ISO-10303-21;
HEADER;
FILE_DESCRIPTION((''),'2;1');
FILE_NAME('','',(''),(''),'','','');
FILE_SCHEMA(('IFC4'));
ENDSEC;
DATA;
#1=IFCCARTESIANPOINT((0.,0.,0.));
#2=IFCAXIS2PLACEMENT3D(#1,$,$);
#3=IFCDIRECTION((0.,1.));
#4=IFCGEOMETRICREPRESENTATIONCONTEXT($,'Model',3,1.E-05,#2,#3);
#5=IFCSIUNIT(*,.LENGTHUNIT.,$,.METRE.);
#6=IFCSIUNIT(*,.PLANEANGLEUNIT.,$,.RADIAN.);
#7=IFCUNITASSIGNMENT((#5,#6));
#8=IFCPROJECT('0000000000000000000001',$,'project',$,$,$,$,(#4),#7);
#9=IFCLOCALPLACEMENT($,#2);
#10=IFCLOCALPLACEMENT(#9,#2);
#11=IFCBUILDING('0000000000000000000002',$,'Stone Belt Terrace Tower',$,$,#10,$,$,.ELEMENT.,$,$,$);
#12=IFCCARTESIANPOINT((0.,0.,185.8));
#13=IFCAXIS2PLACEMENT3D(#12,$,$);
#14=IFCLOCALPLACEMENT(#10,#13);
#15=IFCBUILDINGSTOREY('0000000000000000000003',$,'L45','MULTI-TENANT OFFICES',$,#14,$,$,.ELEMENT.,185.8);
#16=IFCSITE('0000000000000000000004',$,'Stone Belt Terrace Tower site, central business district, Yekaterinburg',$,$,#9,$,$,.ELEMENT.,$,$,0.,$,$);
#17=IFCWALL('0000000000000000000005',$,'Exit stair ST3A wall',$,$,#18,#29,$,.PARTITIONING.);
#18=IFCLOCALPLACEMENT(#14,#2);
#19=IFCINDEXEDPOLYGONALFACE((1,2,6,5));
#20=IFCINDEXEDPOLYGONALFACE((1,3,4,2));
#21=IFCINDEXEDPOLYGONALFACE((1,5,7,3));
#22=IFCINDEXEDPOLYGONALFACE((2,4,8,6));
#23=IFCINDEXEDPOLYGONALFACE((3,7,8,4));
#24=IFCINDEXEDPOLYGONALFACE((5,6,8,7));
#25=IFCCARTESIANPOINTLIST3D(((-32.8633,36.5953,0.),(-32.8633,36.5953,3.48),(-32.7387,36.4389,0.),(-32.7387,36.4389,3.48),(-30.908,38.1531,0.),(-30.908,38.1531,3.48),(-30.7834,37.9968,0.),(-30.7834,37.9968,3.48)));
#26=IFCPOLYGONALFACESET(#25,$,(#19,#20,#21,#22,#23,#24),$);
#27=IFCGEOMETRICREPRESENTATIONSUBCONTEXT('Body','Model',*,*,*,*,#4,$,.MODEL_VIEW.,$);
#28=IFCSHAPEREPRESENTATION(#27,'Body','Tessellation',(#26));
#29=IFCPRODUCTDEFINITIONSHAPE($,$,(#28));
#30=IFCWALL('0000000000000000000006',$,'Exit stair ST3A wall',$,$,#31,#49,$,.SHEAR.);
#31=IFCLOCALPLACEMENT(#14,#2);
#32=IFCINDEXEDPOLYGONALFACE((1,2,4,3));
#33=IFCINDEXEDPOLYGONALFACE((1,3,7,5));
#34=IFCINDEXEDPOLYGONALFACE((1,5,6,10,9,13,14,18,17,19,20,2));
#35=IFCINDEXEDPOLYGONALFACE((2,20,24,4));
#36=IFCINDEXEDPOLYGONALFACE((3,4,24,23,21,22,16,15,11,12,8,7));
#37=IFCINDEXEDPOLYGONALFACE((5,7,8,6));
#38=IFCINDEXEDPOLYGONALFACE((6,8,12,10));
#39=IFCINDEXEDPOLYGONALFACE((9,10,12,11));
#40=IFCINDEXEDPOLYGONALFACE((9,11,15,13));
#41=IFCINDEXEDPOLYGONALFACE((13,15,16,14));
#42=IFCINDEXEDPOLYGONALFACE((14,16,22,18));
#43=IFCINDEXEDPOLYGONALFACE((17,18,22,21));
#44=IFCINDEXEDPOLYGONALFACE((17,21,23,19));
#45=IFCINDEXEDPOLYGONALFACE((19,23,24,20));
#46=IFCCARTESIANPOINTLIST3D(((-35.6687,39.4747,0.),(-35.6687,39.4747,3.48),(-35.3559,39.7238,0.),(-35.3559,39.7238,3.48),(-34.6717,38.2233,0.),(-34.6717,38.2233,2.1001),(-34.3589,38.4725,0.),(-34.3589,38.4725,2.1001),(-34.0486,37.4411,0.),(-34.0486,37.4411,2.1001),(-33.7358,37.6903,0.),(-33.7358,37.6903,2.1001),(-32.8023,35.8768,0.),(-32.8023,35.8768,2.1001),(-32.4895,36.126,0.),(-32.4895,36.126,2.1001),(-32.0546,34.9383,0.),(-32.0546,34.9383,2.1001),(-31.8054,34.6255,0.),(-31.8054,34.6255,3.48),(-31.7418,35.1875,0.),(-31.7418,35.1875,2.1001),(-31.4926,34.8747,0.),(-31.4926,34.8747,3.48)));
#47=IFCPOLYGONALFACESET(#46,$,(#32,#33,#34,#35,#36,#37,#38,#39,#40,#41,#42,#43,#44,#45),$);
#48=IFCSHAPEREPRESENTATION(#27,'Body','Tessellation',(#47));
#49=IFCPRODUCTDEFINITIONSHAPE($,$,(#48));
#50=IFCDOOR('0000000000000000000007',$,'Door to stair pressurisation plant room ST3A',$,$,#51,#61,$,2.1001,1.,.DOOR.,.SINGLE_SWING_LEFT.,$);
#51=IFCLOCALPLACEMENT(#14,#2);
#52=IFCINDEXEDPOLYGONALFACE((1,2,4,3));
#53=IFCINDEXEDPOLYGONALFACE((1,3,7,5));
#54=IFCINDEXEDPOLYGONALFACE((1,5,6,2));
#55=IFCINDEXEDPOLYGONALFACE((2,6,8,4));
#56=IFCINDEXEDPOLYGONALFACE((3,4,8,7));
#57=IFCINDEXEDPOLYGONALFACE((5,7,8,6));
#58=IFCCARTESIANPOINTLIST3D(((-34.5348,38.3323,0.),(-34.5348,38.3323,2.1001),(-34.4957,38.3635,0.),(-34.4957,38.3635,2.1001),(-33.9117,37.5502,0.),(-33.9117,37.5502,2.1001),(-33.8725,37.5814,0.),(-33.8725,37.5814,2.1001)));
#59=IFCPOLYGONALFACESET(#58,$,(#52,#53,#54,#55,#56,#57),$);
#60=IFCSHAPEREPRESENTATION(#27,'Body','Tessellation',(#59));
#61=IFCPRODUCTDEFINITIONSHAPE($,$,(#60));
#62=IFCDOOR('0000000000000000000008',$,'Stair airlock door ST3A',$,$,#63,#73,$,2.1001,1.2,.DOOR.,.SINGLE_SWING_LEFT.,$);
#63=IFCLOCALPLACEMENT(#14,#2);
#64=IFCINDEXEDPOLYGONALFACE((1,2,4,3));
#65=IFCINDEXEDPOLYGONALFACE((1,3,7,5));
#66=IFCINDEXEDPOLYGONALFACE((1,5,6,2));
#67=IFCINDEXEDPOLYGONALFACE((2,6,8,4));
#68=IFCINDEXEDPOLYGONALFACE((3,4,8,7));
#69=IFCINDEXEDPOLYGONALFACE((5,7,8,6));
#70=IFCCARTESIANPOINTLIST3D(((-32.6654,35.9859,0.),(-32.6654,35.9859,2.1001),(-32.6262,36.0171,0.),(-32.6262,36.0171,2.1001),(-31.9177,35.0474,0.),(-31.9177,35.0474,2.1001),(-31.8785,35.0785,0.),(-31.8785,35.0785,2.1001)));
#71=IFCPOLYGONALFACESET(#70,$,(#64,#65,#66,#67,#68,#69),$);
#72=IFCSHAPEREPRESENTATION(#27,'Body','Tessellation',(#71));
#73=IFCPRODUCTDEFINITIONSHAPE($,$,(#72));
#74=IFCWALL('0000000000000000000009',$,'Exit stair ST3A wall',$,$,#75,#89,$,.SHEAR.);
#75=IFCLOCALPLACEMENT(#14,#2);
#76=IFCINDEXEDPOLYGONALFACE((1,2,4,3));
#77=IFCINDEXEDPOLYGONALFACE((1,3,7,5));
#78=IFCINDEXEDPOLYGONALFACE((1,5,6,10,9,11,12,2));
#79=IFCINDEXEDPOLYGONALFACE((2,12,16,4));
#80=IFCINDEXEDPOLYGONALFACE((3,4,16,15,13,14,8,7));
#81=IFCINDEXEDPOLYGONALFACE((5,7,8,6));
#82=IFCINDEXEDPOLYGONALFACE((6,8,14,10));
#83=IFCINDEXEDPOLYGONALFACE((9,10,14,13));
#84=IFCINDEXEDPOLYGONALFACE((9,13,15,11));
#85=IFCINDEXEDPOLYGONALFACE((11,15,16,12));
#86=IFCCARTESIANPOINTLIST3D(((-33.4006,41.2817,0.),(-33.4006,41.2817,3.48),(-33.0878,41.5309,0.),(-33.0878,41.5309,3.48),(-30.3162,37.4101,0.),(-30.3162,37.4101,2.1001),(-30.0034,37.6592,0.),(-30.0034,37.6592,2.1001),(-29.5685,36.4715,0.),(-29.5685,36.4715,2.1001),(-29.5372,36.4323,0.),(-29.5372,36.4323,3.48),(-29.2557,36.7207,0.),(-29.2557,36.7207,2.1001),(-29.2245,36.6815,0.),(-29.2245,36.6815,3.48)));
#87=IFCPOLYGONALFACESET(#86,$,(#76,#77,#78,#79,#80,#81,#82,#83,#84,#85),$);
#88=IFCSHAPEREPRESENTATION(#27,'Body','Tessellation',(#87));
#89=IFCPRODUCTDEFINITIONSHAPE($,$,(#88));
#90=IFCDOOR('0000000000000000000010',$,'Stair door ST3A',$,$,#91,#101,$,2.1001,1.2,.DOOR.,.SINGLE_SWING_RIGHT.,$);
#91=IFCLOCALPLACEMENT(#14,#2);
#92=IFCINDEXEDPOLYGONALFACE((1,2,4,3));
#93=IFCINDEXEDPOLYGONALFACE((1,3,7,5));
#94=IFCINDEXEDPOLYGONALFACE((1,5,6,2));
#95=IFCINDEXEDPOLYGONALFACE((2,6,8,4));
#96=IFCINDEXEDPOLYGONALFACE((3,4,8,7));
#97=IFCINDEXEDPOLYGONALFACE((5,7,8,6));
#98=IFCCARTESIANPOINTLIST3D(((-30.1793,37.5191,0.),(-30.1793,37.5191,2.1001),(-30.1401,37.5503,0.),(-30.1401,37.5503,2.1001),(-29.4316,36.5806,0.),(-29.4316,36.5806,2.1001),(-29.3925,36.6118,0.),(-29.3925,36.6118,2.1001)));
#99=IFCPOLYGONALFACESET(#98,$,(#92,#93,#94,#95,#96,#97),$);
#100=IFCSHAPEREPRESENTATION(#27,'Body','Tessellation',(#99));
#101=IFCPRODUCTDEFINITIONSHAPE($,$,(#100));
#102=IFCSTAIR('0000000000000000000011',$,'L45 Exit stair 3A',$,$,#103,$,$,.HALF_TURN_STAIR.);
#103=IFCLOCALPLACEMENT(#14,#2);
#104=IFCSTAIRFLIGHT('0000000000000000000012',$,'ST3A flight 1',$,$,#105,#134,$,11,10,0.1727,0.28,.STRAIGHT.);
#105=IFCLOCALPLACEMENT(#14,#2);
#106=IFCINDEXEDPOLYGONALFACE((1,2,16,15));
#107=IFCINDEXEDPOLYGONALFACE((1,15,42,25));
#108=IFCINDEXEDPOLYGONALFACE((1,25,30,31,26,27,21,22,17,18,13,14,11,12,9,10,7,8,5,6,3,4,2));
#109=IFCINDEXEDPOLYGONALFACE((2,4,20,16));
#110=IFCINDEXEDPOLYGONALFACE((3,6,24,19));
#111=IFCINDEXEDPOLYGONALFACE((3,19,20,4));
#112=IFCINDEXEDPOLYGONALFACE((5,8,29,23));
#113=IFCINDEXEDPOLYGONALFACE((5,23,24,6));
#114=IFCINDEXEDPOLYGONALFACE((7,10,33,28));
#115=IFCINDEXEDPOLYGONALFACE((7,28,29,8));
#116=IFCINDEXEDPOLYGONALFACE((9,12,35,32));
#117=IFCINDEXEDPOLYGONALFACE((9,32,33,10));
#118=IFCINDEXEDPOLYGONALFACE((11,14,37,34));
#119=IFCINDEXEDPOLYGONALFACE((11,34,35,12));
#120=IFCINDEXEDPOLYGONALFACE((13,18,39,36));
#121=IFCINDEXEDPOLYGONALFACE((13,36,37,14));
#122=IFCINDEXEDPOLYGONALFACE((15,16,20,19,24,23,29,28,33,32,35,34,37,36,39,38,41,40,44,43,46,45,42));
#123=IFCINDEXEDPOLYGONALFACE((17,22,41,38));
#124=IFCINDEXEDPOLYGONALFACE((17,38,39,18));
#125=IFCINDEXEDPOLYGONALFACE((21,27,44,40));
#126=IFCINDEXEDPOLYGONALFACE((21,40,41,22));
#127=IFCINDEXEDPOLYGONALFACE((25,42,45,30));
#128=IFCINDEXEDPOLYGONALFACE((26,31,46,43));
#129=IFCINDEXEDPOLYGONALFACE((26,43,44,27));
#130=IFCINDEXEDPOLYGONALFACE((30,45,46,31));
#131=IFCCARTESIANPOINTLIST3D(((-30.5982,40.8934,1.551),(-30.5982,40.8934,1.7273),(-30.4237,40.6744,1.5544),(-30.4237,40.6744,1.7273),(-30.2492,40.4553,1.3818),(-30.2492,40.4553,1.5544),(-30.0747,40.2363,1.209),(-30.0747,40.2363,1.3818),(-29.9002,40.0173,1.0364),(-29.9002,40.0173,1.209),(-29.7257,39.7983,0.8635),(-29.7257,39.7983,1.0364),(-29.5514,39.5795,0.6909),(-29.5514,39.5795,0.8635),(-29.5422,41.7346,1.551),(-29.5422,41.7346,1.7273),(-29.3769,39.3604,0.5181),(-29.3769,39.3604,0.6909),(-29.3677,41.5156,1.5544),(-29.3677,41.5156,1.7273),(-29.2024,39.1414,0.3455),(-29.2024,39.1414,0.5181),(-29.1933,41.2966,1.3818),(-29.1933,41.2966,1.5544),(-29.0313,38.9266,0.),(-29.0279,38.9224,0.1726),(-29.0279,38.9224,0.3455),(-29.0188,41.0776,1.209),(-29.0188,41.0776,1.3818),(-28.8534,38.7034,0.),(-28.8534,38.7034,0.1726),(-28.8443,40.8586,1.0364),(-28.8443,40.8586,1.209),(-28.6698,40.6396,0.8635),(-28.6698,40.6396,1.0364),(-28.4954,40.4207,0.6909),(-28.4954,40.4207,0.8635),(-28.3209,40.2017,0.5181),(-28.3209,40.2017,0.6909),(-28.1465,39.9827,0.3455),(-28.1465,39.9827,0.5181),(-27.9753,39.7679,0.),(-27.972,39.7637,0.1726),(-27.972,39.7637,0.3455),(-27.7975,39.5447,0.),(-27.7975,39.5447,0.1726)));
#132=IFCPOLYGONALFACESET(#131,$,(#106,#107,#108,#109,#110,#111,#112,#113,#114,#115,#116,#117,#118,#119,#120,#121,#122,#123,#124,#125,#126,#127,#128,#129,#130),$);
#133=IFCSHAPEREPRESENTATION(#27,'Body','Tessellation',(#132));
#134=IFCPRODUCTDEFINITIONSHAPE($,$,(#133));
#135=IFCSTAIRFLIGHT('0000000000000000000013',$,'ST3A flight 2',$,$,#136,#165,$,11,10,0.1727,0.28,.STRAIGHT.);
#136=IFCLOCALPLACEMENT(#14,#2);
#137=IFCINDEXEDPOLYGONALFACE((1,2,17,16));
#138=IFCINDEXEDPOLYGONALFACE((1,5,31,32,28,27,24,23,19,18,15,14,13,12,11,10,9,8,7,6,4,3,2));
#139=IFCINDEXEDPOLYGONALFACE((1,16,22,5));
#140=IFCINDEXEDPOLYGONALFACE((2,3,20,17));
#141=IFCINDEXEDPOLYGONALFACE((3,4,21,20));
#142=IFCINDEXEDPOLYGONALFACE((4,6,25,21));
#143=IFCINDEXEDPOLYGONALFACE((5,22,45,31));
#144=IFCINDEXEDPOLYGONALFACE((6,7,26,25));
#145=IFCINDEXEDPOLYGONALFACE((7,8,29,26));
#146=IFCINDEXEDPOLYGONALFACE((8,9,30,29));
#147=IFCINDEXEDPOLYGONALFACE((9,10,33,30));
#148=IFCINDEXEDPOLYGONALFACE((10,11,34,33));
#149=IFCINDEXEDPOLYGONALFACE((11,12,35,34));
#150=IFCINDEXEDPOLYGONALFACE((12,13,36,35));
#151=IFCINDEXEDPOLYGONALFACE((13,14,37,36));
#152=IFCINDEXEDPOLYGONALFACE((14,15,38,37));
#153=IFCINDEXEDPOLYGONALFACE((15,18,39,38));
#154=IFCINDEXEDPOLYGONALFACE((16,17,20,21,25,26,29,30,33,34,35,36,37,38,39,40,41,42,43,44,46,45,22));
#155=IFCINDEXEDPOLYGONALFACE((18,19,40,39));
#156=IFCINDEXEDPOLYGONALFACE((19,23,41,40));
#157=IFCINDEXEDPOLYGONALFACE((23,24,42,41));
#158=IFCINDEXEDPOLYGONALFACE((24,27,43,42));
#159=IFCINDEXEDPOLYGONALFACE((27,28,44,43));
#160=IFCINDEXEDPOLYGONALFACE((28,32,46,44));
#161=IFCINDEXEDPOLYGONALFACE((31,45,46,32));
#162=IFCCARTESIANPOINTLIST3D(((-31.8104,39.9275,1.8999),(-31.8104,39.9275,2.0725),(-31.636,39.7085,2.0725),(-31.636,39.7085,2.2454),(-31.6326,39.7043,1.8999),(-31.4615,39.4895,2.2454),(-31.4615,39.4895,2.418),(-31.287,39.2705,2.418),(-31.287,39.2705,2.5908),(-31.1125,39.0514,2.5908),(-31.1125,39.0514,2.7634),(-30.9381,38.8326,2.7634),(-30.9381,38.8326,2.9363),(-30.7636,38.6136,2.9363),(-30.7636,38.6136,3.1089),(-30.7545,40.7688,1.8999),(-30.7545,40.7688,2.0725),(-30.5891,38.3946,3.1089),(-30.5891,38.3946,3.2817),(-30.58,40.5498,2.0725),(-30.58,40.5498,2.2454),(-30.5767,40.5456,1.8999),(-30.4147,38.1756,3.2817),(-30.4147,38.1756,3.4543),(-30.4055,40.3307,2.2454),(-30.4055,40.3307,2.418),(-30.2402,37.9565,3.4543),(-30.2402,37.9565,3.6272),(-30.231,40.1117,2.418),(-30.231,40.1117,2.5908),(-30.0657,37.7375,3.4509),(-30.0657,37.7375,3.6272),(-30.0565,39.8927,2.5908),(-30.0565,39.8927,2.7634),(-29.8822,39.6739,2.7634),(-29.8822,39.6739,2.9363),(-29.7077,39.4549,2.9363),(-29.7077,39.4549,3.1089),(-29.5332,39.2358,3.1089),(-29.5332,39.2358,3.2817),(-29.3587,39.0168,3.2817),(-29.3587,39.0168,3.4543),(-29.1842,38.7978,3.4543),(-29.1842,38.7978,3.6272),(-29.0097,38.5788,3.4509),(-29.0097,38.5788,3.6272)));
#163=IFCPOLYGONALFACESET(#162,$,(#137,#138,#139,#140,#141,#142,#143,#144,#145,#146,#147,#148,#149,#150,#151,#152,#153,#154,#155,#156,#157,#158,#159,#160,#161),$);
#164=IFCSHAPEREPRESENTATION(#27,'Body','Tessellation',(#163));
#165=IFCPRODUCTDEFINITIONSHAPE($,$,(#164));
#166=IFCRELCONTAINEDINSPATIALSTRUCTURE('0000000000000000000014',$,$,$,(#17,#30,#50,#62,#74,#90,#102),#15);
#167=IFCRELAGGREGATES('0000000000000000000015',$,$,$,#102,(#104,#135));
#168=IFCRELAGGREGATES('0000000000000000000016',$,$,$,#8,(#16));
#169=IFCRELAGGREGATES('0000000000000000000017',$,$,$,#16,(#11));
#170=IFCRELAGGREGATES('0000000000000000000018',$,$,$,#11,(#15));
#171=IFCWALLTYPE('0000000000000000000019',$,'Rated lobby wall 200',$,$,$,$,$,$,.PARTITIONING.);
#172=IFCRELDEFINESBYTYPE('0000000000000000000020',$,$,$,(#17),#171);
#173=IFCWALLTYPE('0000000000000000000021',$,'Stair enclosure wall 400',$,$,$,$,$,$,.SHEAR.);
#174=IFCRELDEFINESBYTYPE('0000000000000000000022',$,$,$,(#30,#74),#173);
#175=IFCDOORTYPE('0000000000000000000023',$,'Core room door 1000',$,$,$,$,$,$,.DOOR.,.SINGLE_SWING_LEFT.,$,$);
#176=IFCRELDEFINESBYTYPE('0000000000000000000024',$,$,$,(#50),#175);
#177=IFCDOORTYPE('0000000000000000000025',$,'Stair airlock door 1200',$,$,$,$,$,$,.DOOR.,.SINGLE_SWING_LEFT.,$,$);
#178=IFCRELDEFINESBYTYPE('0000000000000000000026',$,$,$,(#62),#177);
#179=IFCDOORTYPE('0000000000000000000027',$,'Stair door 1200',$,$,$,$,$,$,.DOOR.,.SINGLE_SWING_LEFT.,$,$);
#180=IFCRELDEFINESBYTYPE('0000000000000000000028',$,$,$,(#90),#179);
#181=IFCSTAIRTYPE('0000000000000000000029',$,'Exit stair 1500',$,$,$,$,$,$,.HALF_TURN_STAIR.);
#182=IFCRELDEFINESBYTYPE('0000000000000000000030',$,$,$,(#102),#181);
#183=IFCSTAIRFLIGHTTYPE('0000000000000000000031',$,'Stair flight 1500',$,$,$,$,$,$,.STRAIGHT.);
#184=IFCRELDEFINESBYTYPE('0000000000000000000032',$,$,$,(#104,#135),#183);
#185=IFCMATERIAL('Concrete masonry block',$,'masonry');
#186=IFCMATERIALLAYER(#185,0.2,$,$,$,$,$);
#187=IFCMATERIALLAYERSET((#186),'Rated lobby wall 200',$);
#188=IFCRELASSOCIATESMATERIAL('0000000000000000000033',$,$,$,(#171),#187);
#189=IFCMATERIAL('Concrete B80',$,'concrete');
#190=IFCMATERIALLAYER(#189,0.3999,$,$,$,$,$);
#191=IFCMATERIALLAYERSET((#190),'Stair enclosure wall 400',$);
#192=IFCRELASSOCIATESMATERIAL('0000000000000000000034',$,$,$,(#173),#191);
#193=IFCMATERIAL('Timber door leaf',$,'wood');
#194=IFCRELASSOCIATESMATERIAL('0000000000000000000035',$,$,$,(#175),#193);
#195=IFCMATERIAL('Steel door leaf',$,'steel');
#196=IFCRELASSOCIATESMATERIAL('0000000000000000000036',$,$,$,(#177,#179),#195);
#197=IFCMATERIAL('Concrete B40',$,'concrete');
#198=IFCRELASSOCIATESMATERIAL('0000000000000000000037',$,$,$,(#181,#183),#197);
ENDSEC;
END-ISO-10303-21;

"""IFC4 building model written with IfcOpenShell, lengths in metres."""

from ifc_helpers import new_model, si_unit, direction, frame, frame_2d, origin, place, context, subcontext, project, spatial, polyline, rectangle, outline, extrude, material, layer, layer_set, type_object, element, fill, aggregate, save


model = new_model("IFC4")

# Units and contexts
model_context = context("Model", 3, precision=1e-05, world=origin(), true_north=direction((0.0, 1.0)))
body_context = subcontext(model_context, "Body", "Model", "MODEL_VIEW")
ifc_project = project(units=[si_unit("LENGTHUNIT", "METRE"), si_unit("PLANEANGLEUNIT", "RADIAN")], contexts=[model_context])

# Site, building, storey
site_placement = place(None, origin())
site = spatial("IfcSite", under=ifc_project, at=site_placement, Name="Stone Belt Terrace Tower site, central business district, Yekaterinburg", CompositionType="ELEMENT", RefElevation=0.0)
building_placement = place(site_placement, origin())
building = spatial("IfcBuilding", under=site, at=building_placement, Name="Stone Belt Terrace Tower", CompositionType="ELEMENT")
storey_placement = place(building_placement, frame((0.0, 0.0, 185.8)))
storey = spatial("IfcBuildingStorey", under=building, at=storey_placement, Name="L45", Description="MULTI-TENANT OFFICES", CompositionType="ELEMENT", Elevation=185.8)

# Shared definitions
ifc_material_1 = material(Name="Concrete B80", Category="concrete")

# Shared definitions
ifc_material_2 = material(Name="Timber door leaf", Category="wood")

# Wall
ifc_material_3 = material(Name="Concrete masonry block", Category="masonry")
ifc_layer_1 = layer(ifc_material_3, 0.2)
ifc_layer_set_1 = layer_set([ifc_layer_1], Name="Rated lobby wall 200")
wall_type_1 = type_object("IfcWallType", Name="Rated lobby wall 200", PredefinedType="PARTITIONING", material=ifc_layer_set_1)
wall_1_placement = place(storey_placement, frame((-30.8457, 38.075, 0.0), z_axis=(0.0, 0.0, 1.0), x_axis=(-0.782115, -0.623134, 0.0)))
element("IfcWall", 1, at=wall_1_placement, inside=storey, type_object=wall_type_1, Name="Exit stair ST3A wall", PredefinedType="PARTITIONING", context=body_context, shape_type="SweptSolid", body=[
    extrude(rectangle(XDim=2.5, YDim=0.2, at=frame_2d((1.25, 0.0))), origin(), (0.0, 0.0, 1.0), 3.48),
])

# Wall, openings, doors
ifc_layer_2 = layer(ifc_material_1, 0.3999)
ifc_layer_set_2 = layer_set([ifc_layer_2], Name="Stair enclosure wall 400")
wall_type_2 = type_object("IfcWallType", Name="Stair enclosure wall 400", PredefinedType="SHEAR", material=ifc_layer_set_2)
wall_2_placement = place(storey_placement, frame((-31.6489, 34.75, 0.0), z_axis=(0.0, 0.0, 1.0), x_axis=(-0.623119, 0.782127, 0.0)))
wall_2 = element("IfcWall", 2, at=wall_2_placement, inside=storey, type_object=wall_type_2, Name="Exit stair ST3A wall", PredefinedType="SHEAR", context=body_context, shape_type="SweptSolid", body=[
    extrude(rectangle(XDim=6.2, YDim=0.3999, at=frame_2d((3.1001, 0.0))), origin(), (0.0, 0.0, 1.0), 3.48),
])
opening_1_placement = place(wall_2_placement, frame((0.3999, 0.0, 0.0)))
opening_1 = element("IfcOpeningElement", 3, at=opening_1_placement, cuts=wall_2, PredefinedType="OPENING", context=body_context, shape_type="SweptSolid", body=[
    extrude(rectangle(XDim=1.2, YDim=2.1001, at=frame_2d((0.6001, 1.05))), frame((0.0, 0.21, 0.0), z_axis=(0.0, -1.0, 0.0), x_axis=(1.0, 0.0, 0.0)), (0.0, 0.0, 1.0), 0.4199),
])
opening_2_placement = place(wall_2_placement, frame((3.6001, 0.0, 0.0)))
opening_2 = element("IfcOpeningElement", 4, at=opening_2_placement, cuts=wall_2, PredefinedType="OPENING", context=body_context, shape_type="SweptSolid", body=[
    extrude(rectangle(XDim=1.0, YDim=2.1001, at=frame_2d((0.5, 1.05))), frame((0.0, 0.21, 0.0), z_axis=(0.0, -1.0, 0.0), x_axis=(1.0, 0.0, 0.0)), (0.0, 0.0, 1.0), 0.4199),
])
door_type_1 = type_object("IfcDoorType", Name="Core room door 1000", OperationType="SINGLE_SWING_LEFT", PredefinedType="DOOR", material=ifc_material_2)
door_1_placement = place(opening_2_placement, origin())
door_1 = element("IfcDoor", 5, at=door_1_placement, inside=storey, type_object=door_type_1, Name="Door to stair pressurisation plant room ST3A", OperationType="SINGLE_SWING_LEFT", OverallHeight=2.1001, OverallWidth=1.0, PredefinedType="DOOR", context=body_context, shape_type="SweptSolid", body=[
    extrude(rectangle(XDim=1.0, YDim=2.1001, at=frame_2d((0.5, 1.05))), frame((0.0, 0.0249, 0.0), z_axis=(0.0, -1.0, 0.0), x_axis=(1.0, 0.0, 0.0)), (0.0, 0.0, 1.0), 0.05),
])
fill(opening_2, door_1)
ifc_material_4 = material(Name="Steel door leaf", Category="steel")
door_type_2 = type_object("IfcDoorType", Name="Stair airlock door 1200", OperationType="SINGLE_SWING_LEFT", PredefinedType="DOOR", material=ifc_material_4)
door_2_placement = place(opening_1_placement, origin())
door_2 = element("IfcDoor", 6, at=door_2_placement, inside=storey, type_object=door_type_2, Name="Stair airlock door ST3A", OperationType="SINGLE_SWING_LEFT", OverallHeight=2.1001, OverallWidth=1.2, PredefinedType="DOOR", context=body_context, shape_type="SweptSolid", body=[
    extrude(rectangle(XDim=1.2, YDim=2.1001, at=frame_2d((0.6001, 1.05))), frame((0.0, 0.0249, 0.0), z_axis=(0.0, -1.0, 0.0), x_axis=(1.0, 0.0, 0.0)), (0.0, 0.0, 1.0), 0.05),
])
fill(opening_1, door_2)

# Wall, opening, door
wall_3_placement = place(storey_placement, frame((-29.3809, 36.5569, 0.0), z_axis=(0.0, 0.0, 1.0), x_axis=(-0.623099, 0.782143, 0.0)))
wall_3 = element("IfcWall", 7, at=wall_3_placement, inside=storey, type_object=wall_type_2, Name="Exit stair ST3A wall", PredefinedType="SHEAR", context=body_context, shape_type="SweptSolid", body=[
    extrude(rectangle(XDim=6.2002, YDim=0.3999, at=frame_2d((3.1001, 0.0))), origin(), (0.0, 0.0, 1.0), 3.48),
])
opening_3_placement = place(wall_3_placement, frame((0.05, 0.0, 0.0)))
opening_3 = element("IfcOpeningElement", 8, at=opening_3_placement, cuts=wall_3, PredefinedType="OPENING", context=body_context, shape_type="SweptSolid", body=[
    extrude(rectangle(XDim=1.2, YDim=2.1001, at=frame_2d((0.6001, 1.05))), frame((0.0, 0.21, 0.0), z_axis=(0.0, -1.0, 0.0), x_axis=(1.0, 0.0, 0.0)), (0.0, 0.0, 1.0), 0.4199),
])
door_type_3 = type_object("IfcDoorType", Name="Stair door 1200", OperationType="SINGLE_SWING_LEFT", PredefinedType="DOOR", material=ifc_material_4)
door_3_placement = place(opening_3_placement, origin())
door_3 = element("IfcDoor", 9, at=door_3_placement, inside=storey, type_object=door_type_3, Name="Stair door ST3A", OperationType="SINGLE_SWING_RIGHT", OverallHeight=2.1001, OverallWidth=1.2, PredefinedType="DOOR", context=body_context, shape_type="SweptSolid", body=[
    extrude(rectangle(XDim=1.2, YDim=2.1001, at=frame_2d((0.6001, 1.05))), frame((0.0, 0.0249, 0.0), z_axis=(0.0, -1.0, 0.0), x_axis=(1.0, 0.0, 0.0)), (0.0, 0.0, 1.0), 0.05),
])
fill(opening_3, door_3)

# Stair, stair flights
ifc_material_5 = material(Name="Concrete B40", Category="concrete")
stair_type = type_object("IfcStairType", Name="Exit stair 1500", PredefinedType="HALF_TURN_STAIR", material=ifc_material_5)
stair_placement = place(storey_placement, origin())
stair = element("IfcStair", 10, at=stair_placement, inside=storey, type_object=stair_type, Name="L45 Exit stair 3A", PredefinedType="HALF_TURN_STAIR")
stair_flight_type = type_object("IfcStairFlightType", Name="Stair flight 1500", PredefinedType="STRAIGHT", material=ifc_material_5)
stair_flight_1_placement = place(storey_placement, frame((-28.3254, 39.124, 0.0), z_axis=(0.0, 0.0, 1.0), x_axis=(-0.623121, 0.782125, 0.0)))
stair_flight_1 = element("IfcStairFlight", 11, at=stair_flight_1_placement, type_object=stair_flight_type, Name="ST3A flight 1", NumberOfRisers=11, NumberOfTreads=10, PredefinedType="STRAIGHT", RiserHeight=0.1727, TreadLength=0.28, context=body_context, shape_type="SweptSolid", body=[
    extrude(outline(polyline([(0.0, 0.0), (0.0, 0.1726), (0.28, 0.1726), (0.28, 0.3455), (0.5601, 0.3455), (0.5601, 0.5181), (0.8401, 0.5181), (0.8401, 0.6909), (1.1201, 0.6909), (1.1201, 0.8635), (1.3999, 0.8635), (1.3999, 1.0364), (1.6799, 1.0364), (1.6799, 1.209), (1.96, 1.209), (1.96, 1.3818), (2.24, 1.3818), (2.24, 1.5544), (2.52, 1.5544), (2.52, 1.7273), (2.8, 1.7273), (2.8, 1.8999), (2.8, 1.551), (0.2854, 0.0), (0.0, 0.0)])), frame((0.0, 0.675, 0.0), z_axis=(0.0, -1.0, 0.0), x_axis=(1.0, 0.0, 0.0)), (0.0, 0.0, 1.0), 1.3501),
])
stair_flight_2_placement = place(storey_placement, frame((-31.2825, 40.3481, 1.8999), z_axis=(0.0, 0.0, 1.0), x_axis=(0.623121, -0.782125, 0.0)))
stair_flight_2 = element("IfcStairFlight", 12, at=stair_flight_2_placement, type_object=stair_flight_type, Name="ST3A flight 2", NumberOfRisers=11, NumberOfTreads=10, PredefinedType="STRAIGHT", RiserHeight=0.1727, TreadLength=0.28, context=body_context, shape_type="SweptSolid", body=[
    extrude(outline(polyline([(0.0, 0.0), (0.0, 0.1726), (0.28, 0.1726), (0.28, 0.3455), (0.5601, 0.3455), (0.5601, 0.5181), (0.8401, 0.5181), (0.8401, 0.6909), (1.1201, 0.6909), (1.1201, 0.8635), (1.3999, 0.8635), (1.3999, 1.0364), (1.6799, 1.0364), (1.6799, 1.209), (1.96, 1.209), (1.96, 1.3818), (2.24, 1.3818), (2.24, 1.5544), (2.52, 1.5544), (2.52, 1.7273), (2.8, 1.7273), (2.8, 1.8999), (2.8, 1.551), (0.2854, 0.0), (0.0, 0.0)])), frame((0.0, 0.675, 0.0), z_axis=(0.0, -1.0, 0.0), x_axis=(1.0, 0.0, 0.0)), (0.0, 0.0, 1.0), 1.3501),
])
aggregate(stair, [stair_flight_1, stair_flight_2])

save(model, "model.ifc")
